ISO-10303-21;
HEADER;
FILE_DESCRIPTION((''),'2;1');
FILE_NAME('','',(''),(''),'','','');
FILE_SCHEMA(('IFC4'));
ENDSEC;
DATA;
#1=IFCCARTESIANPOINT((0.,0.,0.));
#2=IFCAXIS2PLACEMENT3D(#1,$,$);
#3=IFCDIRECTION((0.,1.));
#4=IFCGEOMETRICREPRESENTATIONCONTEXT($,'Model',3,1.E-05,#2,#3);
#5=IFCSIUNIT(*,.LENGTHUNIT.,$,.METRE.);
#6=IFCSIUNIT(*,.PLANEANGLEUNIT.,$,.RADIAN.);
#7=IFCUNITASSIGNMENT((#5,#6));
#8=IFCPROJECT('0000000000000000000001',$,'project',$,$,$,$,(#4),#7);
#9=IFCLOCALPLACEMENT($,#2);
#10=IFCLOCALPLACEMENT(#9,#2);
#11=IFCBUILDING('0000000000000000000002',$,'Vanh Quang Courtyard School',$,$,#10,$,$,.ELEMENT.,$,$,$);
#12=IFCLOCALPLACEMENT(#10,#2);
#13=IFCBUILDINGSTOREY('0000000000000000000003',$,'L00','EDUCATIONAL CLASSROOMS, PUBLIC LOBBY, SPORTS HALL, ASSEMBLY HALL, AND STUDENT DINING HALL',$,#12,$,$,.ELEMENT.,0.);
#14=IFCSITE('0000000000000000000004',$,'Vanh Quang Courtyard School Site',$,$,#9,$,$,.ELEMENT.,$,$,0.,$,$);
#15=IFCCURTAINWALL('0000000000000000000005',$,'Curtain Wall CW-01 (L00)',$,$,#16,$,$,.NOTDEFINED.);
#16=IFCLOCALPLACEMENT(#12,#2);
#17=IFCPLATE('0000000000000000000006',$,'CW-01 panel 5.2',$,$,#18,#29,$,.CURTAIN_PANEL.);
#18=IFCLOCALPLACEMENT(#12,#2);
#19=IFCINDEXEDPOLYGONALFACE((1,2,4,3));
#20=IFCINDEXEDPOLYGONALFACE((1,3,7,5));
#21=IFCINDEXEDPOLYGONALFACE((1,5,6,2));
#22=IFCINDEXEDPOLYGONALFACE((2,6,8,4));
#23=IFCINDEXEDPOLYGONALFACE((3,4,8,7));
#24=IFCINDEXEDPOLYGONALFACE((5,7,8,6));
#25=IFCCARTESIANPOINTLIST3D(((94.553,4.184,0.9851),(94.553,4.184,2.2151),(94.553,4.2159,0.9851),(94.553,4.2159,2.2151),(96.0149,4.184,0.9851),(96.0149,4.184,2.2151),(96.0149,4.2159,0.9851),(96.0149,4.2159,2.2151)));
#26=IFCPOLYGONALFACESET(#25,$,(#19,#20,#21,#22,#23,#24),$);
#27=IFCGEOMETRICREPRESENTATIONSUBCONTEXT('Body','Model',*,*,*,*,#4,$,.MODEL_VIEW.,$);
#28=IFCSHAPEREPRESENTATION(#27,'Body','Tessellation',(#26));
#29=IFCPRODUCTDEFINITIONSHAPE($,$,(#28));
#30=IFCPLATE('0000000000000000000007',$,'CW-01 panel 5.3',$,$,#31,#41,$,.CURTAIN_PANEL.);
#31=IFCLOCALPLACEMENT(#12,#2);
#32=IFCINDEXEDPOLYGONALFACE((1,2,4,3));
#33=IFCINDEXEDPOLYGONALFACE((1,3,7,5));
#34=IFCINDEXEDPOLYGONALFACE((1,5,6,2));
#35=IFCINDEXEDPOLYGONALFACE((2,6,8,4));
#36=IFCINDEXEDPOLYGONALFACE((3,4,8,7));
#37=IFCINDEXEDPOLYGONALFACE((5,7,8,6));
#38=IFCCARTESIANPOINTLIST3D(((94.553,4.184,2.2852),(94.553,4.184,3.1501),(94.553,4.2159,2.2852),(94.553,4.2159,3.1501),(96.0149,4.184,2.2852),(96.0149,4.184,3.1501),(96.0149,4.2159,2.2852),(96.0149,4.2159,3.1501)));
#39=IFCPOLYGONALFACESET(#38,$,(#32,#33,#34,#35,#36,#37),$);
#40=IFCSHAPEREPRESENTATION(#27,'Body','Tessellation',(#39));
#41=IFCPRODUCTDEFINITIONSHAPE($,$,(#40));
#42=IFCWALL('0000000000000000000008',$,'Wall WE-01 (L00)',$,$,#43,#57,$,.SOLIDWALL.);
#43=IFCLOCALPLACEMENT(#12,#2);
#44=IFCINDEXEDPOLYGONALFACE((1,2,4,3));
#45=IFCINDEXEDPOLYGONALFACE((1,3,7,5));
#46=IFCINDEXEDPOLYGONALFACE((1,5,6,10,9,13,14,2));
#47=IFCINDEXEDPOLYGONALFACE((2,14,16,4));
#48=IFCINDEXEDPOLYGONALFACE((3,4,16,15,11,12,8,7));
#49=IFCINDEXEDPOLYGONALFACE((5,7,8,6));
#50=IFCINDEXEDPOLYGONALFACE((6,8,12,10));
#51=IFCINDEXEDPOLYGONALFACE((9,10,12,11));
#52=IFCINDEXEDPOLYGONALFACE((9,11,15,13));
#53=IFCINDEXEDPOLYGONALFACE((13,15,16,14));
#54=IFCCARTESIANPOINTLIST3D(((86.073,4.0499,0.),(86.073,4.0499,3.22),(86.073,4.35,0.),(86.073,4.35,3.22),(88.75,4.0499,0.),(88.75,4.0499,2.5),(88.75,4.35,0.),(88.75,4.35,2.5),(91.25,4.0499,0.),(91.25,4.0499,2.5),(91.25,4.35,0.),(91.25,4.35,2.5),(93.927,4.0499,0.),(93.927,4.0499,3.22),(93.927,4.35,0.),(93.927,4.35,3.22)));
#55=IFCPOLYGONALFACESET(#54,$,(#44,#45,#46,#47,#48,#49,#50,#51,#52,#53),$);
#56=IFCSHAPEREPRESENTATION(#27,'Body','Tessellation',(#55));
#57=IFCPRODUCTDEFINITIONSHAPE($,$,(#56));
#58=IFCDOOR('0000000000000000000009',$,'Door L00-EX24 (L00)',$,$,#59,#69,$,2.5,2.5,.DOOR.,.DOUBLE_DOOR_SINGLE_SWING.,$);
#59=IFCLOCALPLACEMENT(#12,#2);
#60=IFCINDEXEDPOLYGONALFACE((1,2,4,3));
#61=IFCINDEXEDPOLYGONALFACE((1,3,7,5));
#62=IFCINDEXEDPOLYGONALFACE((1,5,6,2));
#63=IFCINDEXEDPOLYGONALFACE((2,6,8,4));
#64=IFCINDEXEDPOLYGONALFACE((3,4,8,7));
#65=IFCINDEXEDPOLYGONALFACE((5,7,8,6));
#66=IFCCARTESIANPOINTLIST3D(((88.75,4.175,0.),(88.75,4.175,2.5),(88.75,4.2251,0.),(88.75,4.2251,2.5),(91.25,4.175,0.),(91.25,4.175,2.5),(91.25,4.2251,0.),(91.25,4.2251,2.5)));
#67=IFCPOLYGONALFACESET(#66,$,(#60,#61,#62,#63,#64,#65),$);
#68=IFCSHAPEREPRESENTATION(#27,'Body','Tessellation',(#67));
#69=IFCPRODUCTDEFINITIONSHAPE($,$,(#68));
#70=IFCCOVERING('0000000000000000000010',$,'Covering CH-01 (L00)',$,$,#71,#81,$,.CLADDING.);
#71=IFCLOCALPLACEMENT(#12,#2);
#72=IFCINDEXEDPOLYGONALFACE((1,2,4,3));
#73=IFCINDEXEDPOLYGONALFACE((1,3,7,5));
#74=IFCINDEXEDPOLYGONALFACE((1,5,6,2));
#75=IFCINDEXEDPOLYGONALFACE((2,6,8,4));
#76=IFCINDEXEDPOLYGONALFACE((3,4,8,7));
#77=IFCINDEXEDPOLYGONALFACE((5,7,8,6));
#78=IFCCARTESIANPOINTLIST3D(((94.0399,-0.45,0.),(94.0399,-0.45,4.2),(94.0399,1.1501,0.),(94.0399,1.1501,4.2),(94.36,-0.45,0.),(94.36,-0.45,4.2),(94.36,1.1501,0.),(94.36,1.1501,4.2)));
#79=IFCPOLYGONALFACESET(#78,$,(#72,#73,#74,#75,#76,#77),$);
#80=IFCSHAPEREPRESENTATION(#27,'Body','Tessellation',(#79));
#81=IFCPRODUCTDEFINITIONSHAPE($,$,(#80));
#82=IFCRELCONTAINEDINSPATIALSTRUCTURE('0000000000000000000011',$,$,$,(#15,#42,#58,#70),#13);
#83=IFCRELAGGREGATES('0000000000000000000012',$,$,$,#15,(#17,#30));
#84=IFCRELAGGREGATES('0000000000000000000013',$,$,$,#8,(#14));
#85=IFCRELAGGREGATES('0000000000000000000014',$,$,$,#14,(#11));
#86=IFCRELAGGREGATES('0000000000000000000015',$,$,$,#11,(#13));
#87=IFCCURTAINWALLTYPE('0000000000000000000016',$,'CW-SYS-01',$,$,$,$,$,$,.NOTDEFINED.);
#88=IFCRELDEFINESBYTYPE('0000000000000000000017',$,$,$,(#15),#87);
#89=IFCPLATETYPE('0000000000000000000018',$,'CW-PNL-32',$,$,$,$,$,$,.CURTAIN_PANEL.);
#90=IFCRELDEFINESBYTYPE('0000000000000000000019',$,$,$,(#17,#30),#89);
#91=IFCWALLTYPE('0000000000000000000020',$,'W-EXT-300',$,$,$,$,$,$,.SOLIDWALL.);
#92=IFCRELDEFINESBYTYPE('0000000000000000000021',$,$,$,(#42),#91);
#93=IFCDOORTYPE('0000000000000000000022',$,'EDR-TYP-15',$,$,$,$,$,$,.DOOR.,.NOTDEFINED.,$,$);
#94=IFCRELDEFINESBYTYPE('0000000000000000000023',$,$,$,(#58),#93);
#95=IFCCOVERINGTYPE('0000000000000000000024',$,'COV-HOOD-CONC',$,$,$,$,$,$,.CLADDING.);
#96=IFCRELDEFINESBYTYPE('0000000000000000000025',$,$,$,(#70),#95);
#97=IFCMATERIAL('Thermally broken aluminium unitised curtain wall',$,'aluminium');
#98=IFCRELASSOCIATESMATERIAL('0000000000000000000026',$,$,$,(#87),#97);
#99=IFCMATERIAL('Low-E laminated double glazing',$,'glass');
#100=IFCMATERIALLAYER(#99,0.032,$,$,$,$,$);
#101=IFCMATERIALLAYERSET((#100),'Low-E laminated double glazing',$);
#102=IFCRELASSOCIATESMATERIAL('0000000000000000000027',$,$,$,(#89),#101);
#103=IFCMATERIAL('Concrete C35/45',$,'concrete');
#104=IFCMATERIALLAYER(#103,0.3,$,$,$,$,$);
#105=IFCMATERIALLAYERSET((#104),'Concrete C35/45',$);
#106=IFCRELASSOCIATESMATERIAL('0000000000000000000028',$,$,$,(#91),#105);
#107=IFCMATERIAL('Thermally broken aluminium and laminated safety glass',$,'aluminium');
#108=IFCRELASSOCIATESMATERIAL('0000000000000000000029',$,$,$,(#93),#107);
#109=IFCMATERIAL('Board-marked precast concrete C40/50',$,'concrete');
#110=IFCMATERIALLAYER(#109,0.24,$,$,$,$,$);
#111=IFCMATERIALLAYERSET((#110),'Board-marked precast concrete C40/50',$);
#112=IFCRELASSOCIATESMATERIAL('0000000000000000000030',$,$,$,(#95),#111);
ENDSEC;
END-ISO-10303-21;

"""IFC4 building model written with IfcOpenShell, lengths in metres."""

from ifc_helpers import new_model, si_unit, direction, frame, frame_2d, origin, origin_2d, place, context, subcontext, project, spatial, rectangle, extrude, material, layer, layer_set, type_object, element, fill, aggregate, save


model = new_model("IFC4")

# Units and contexts
model_context = context("Model", 3, precision=1e-05, world=origin(), true_north=direction((0.0, 1.0)))
body_context = subcontext(model_context, "Body", "Model", "MODEL_VIEW")
ifc_project = project(units=[si_unit("LENGTHUNIT", "METRE"), si_unit("PLANEANGLEUNIT", "RADIAN")], contexts=[model_context])

# Site, building, storey
site_placement = place(None, origin())
site = spatial("IfcSite", under=ifc_project, at=site_placement, Name="Vanh Quang Courtyard School Site", CompositionType="ELEMENT", RefElevation=0.0)
building_placement = place(site_placement, origin())
building = spatial("IfcBuilding", under=site, at=building_placement, Name="Vanh Quang Courtyard School", CompositionType="ELEMENT")
storey_placement = place(building_placement, origin())
storey = spatial("IfcBuildingStorey", under=building, at=storey_placement, Name="L00", Description="EDUCATIONAL CLASSROOMS, PUBLIC LOBBY, SPORTS HALL, ASSEMBLY HALL, AND STUDENT DINING HALL", CompositionType="ELEMENT", Elevation=0.0)

# Shared definitions
ifc_material_1 = material(Name="Concrete C35/45", Category="concrete")

# Curtain wall, plates
ifc_material_2 = material(Name="Thermally broken aluminium unitised curtain wall", Category="aluminium")
curtain_wall_type = type_object("IfcCurtainWallType", Name="CW-SYS-01", PredefinedType="NOTDEFINED", material=ifc_material_2)
curtain_wall_placement = place(storey_placement, origin())
curtain_wall = element("IfcCurtainWall", 1, at=curtain_wall_placement, inside=storey, type_object=curtain_wall_type, Name="Curtain Wall CW-01 (L00)", PredefinedType="NOTDEFINED")
ifc_material_3 = material(Name="Low-E laminated double glazing", Category="glass")
ifc_layer_1 = layer(ifc_material_3, 0.032)
ifc_layer_set_1 = layer_set([ifc_layer_1], Name="Low-E laminated double glazing")
plate_type = type_object("IfcPlateType", Name="CW-PNL-32", PredefinedType="CURTAIN_PANEL", material=ifc_layer_set_1)
plate_1_placement = place(storey_placement, frame((95.2839, 4.2, 0.9851), z_axis=(0.0, 0.0, 1.0), x_axis=(-1.0, 0.0, 0.0)))
plate_1 = element("IfcPlate", 2, at=plate_1_placement, type_object=plate_type, Name="CW-01 panel 5.2", PredefinedType="CURTAIN_PANEL", context=body_context, shape_type="SweptSolid", body=[
    extrude(rectangle(XDim=1.4619, YDim=0.032, at=origin_2d()), origin(), (0.0, 0.0, 1.0), 1.23),
])
plate_2_placement = place(storey_placement, frame((95.2839, 4.2, 2.2852), z_axis=(0.0, 0.0, 1.0), x_axis=(-1.0, 0.0, 0.0)))
plate_2 = element("IfcPlate", 3, at=plate_2_placement, type_object=plate_type, Name="CW-01 panel 5.3", PredefinedType="CURTAIN_PANEL", context=body_context, shape_type="SweptSolid", body=[
    extrude(rectangle(XDim=1.4619, YDim=0.032, at=origin_2d()), origin(), (0.0, 0.0, 1.0), 0.865),
])
aggregate(curtain_wall, [plate_1, plate_2])

# Wall, opening, door
ifc_layer_2 = layer(ifc_material_1, 0.3)
ifc_layer_set_2 = layer_set([ifc_layer_2], Name="Concrete C35/45")
wall_type = type_object("IfcWallType", Name="W-EXT-300", PredefinedType="SOLIDWALL", material=ifc_layer_set_2)
wall_placement = place(storey_placement, frame((93.927, 4.2, 0.0), z_axis=(0.0, 0.0, 1.0), x_axis=(-1.0, 0.0, 0.0)))
wall = element("IfcWall", 4, at=wall_placement, inside=storey, type_object=wall_type, Name="Wall WE-01 (L00)", PredefinedType="SOLIDWALL", context=body_context, shape_type="SweptSolid", body=[
    extrude(rectangle(XDim=7.854, YDim=0.3, at=frame_2d((3.927, 0.0))), origin(), (0.0, 0.0, 1.0), 3.22),
])
opening_placement = place(wall_placement, frame((2.677, 0.0, 0.0)))
opening = element("IfcOpeningElement", 5, at=opening_placement, cuts=wall, PredefinedType="OPENING", context=body_context, shape_type="SweptSolid", body=[
    extrude(rectangle(XDim=2.5, YDim=2.5, at=frame_2d((1.25, 1.25))), frame((0.0, 0.1602, 0.0), z_axis=(0.0, -1.0, 0.0), x_axis=(1.0, 0.0, 0.0)), (0.0, 0.0, 1.0), 0.3201),
])
ifc_material_4 = material(Name="Thermally broken aluminium and laminated safety glass", Category="aluminium")
door_type = type_object("IfcDoorType", Name="EDR-TYP-15", OperationType="NOTDEFINED", PredefinedType="DOOR", material=ifc_material_4)
door_placement = place(opening_placement, origin())
door = element("IfcDoor", 6, at=door_placement, inside=storey, type_object=door_type, Name="Door L00-EX24 (L00)", OperationType="DOUBLE_DOOR_SINGLE_SWING", OverallHeight=2.5, OverallWidth=2.5, PredefinedType="DOOR", context=body_context, shape_type="SweptSolid", body=[
    extrude(rectangle(XDim=2.5, YDim=2.5, at=frame_2d((1.25, 1.25))), frame((0.0, 0.0249, 0.0), z_axis=(0.0, -1.0, 0.0), x_axis=(1.0, 0.0, 0.0)), (0.0, 0.0, 1.0), 0.05),
])
fill(opening, door)

# Covering
ifc_material_5 = material(Name="Board-marked precast concrete C40/50", Category="concrete")
ifc_layer_3 = layer(ifc_material_5, 0.24)
ifc_layer_set_3 = layer_set([ifc_layer_3], Name="Board-marked precast concrete C40/50")
covering_type = type_object("IfcCoveringType", Name="COV-HOOD-CONC", PredefinedType="CLADDING", material=ifc_layer_set_3)
covering_placement = place(storey_placement, frame((94.2, 0.3501, 0.0), z_axis=(0.0, 0.0, 1.0), x_axis=(0.0, 1.0, 0.0)))
element("IfcCovering", 7, at=covering_placement, inside=storey, type_object=covering_type, Name="Covering CH-01 (L00)", PredefinedType="CLADDING", context=body_context, shape_type="SweptSolid", body=[
    extrude(rectangle(XDim=1.6001, YDim=0.3201, at=origin_2d()), origin(), (0.0, 0.0, 1.0), 4.2),
])

save(model, "model.ifc")
